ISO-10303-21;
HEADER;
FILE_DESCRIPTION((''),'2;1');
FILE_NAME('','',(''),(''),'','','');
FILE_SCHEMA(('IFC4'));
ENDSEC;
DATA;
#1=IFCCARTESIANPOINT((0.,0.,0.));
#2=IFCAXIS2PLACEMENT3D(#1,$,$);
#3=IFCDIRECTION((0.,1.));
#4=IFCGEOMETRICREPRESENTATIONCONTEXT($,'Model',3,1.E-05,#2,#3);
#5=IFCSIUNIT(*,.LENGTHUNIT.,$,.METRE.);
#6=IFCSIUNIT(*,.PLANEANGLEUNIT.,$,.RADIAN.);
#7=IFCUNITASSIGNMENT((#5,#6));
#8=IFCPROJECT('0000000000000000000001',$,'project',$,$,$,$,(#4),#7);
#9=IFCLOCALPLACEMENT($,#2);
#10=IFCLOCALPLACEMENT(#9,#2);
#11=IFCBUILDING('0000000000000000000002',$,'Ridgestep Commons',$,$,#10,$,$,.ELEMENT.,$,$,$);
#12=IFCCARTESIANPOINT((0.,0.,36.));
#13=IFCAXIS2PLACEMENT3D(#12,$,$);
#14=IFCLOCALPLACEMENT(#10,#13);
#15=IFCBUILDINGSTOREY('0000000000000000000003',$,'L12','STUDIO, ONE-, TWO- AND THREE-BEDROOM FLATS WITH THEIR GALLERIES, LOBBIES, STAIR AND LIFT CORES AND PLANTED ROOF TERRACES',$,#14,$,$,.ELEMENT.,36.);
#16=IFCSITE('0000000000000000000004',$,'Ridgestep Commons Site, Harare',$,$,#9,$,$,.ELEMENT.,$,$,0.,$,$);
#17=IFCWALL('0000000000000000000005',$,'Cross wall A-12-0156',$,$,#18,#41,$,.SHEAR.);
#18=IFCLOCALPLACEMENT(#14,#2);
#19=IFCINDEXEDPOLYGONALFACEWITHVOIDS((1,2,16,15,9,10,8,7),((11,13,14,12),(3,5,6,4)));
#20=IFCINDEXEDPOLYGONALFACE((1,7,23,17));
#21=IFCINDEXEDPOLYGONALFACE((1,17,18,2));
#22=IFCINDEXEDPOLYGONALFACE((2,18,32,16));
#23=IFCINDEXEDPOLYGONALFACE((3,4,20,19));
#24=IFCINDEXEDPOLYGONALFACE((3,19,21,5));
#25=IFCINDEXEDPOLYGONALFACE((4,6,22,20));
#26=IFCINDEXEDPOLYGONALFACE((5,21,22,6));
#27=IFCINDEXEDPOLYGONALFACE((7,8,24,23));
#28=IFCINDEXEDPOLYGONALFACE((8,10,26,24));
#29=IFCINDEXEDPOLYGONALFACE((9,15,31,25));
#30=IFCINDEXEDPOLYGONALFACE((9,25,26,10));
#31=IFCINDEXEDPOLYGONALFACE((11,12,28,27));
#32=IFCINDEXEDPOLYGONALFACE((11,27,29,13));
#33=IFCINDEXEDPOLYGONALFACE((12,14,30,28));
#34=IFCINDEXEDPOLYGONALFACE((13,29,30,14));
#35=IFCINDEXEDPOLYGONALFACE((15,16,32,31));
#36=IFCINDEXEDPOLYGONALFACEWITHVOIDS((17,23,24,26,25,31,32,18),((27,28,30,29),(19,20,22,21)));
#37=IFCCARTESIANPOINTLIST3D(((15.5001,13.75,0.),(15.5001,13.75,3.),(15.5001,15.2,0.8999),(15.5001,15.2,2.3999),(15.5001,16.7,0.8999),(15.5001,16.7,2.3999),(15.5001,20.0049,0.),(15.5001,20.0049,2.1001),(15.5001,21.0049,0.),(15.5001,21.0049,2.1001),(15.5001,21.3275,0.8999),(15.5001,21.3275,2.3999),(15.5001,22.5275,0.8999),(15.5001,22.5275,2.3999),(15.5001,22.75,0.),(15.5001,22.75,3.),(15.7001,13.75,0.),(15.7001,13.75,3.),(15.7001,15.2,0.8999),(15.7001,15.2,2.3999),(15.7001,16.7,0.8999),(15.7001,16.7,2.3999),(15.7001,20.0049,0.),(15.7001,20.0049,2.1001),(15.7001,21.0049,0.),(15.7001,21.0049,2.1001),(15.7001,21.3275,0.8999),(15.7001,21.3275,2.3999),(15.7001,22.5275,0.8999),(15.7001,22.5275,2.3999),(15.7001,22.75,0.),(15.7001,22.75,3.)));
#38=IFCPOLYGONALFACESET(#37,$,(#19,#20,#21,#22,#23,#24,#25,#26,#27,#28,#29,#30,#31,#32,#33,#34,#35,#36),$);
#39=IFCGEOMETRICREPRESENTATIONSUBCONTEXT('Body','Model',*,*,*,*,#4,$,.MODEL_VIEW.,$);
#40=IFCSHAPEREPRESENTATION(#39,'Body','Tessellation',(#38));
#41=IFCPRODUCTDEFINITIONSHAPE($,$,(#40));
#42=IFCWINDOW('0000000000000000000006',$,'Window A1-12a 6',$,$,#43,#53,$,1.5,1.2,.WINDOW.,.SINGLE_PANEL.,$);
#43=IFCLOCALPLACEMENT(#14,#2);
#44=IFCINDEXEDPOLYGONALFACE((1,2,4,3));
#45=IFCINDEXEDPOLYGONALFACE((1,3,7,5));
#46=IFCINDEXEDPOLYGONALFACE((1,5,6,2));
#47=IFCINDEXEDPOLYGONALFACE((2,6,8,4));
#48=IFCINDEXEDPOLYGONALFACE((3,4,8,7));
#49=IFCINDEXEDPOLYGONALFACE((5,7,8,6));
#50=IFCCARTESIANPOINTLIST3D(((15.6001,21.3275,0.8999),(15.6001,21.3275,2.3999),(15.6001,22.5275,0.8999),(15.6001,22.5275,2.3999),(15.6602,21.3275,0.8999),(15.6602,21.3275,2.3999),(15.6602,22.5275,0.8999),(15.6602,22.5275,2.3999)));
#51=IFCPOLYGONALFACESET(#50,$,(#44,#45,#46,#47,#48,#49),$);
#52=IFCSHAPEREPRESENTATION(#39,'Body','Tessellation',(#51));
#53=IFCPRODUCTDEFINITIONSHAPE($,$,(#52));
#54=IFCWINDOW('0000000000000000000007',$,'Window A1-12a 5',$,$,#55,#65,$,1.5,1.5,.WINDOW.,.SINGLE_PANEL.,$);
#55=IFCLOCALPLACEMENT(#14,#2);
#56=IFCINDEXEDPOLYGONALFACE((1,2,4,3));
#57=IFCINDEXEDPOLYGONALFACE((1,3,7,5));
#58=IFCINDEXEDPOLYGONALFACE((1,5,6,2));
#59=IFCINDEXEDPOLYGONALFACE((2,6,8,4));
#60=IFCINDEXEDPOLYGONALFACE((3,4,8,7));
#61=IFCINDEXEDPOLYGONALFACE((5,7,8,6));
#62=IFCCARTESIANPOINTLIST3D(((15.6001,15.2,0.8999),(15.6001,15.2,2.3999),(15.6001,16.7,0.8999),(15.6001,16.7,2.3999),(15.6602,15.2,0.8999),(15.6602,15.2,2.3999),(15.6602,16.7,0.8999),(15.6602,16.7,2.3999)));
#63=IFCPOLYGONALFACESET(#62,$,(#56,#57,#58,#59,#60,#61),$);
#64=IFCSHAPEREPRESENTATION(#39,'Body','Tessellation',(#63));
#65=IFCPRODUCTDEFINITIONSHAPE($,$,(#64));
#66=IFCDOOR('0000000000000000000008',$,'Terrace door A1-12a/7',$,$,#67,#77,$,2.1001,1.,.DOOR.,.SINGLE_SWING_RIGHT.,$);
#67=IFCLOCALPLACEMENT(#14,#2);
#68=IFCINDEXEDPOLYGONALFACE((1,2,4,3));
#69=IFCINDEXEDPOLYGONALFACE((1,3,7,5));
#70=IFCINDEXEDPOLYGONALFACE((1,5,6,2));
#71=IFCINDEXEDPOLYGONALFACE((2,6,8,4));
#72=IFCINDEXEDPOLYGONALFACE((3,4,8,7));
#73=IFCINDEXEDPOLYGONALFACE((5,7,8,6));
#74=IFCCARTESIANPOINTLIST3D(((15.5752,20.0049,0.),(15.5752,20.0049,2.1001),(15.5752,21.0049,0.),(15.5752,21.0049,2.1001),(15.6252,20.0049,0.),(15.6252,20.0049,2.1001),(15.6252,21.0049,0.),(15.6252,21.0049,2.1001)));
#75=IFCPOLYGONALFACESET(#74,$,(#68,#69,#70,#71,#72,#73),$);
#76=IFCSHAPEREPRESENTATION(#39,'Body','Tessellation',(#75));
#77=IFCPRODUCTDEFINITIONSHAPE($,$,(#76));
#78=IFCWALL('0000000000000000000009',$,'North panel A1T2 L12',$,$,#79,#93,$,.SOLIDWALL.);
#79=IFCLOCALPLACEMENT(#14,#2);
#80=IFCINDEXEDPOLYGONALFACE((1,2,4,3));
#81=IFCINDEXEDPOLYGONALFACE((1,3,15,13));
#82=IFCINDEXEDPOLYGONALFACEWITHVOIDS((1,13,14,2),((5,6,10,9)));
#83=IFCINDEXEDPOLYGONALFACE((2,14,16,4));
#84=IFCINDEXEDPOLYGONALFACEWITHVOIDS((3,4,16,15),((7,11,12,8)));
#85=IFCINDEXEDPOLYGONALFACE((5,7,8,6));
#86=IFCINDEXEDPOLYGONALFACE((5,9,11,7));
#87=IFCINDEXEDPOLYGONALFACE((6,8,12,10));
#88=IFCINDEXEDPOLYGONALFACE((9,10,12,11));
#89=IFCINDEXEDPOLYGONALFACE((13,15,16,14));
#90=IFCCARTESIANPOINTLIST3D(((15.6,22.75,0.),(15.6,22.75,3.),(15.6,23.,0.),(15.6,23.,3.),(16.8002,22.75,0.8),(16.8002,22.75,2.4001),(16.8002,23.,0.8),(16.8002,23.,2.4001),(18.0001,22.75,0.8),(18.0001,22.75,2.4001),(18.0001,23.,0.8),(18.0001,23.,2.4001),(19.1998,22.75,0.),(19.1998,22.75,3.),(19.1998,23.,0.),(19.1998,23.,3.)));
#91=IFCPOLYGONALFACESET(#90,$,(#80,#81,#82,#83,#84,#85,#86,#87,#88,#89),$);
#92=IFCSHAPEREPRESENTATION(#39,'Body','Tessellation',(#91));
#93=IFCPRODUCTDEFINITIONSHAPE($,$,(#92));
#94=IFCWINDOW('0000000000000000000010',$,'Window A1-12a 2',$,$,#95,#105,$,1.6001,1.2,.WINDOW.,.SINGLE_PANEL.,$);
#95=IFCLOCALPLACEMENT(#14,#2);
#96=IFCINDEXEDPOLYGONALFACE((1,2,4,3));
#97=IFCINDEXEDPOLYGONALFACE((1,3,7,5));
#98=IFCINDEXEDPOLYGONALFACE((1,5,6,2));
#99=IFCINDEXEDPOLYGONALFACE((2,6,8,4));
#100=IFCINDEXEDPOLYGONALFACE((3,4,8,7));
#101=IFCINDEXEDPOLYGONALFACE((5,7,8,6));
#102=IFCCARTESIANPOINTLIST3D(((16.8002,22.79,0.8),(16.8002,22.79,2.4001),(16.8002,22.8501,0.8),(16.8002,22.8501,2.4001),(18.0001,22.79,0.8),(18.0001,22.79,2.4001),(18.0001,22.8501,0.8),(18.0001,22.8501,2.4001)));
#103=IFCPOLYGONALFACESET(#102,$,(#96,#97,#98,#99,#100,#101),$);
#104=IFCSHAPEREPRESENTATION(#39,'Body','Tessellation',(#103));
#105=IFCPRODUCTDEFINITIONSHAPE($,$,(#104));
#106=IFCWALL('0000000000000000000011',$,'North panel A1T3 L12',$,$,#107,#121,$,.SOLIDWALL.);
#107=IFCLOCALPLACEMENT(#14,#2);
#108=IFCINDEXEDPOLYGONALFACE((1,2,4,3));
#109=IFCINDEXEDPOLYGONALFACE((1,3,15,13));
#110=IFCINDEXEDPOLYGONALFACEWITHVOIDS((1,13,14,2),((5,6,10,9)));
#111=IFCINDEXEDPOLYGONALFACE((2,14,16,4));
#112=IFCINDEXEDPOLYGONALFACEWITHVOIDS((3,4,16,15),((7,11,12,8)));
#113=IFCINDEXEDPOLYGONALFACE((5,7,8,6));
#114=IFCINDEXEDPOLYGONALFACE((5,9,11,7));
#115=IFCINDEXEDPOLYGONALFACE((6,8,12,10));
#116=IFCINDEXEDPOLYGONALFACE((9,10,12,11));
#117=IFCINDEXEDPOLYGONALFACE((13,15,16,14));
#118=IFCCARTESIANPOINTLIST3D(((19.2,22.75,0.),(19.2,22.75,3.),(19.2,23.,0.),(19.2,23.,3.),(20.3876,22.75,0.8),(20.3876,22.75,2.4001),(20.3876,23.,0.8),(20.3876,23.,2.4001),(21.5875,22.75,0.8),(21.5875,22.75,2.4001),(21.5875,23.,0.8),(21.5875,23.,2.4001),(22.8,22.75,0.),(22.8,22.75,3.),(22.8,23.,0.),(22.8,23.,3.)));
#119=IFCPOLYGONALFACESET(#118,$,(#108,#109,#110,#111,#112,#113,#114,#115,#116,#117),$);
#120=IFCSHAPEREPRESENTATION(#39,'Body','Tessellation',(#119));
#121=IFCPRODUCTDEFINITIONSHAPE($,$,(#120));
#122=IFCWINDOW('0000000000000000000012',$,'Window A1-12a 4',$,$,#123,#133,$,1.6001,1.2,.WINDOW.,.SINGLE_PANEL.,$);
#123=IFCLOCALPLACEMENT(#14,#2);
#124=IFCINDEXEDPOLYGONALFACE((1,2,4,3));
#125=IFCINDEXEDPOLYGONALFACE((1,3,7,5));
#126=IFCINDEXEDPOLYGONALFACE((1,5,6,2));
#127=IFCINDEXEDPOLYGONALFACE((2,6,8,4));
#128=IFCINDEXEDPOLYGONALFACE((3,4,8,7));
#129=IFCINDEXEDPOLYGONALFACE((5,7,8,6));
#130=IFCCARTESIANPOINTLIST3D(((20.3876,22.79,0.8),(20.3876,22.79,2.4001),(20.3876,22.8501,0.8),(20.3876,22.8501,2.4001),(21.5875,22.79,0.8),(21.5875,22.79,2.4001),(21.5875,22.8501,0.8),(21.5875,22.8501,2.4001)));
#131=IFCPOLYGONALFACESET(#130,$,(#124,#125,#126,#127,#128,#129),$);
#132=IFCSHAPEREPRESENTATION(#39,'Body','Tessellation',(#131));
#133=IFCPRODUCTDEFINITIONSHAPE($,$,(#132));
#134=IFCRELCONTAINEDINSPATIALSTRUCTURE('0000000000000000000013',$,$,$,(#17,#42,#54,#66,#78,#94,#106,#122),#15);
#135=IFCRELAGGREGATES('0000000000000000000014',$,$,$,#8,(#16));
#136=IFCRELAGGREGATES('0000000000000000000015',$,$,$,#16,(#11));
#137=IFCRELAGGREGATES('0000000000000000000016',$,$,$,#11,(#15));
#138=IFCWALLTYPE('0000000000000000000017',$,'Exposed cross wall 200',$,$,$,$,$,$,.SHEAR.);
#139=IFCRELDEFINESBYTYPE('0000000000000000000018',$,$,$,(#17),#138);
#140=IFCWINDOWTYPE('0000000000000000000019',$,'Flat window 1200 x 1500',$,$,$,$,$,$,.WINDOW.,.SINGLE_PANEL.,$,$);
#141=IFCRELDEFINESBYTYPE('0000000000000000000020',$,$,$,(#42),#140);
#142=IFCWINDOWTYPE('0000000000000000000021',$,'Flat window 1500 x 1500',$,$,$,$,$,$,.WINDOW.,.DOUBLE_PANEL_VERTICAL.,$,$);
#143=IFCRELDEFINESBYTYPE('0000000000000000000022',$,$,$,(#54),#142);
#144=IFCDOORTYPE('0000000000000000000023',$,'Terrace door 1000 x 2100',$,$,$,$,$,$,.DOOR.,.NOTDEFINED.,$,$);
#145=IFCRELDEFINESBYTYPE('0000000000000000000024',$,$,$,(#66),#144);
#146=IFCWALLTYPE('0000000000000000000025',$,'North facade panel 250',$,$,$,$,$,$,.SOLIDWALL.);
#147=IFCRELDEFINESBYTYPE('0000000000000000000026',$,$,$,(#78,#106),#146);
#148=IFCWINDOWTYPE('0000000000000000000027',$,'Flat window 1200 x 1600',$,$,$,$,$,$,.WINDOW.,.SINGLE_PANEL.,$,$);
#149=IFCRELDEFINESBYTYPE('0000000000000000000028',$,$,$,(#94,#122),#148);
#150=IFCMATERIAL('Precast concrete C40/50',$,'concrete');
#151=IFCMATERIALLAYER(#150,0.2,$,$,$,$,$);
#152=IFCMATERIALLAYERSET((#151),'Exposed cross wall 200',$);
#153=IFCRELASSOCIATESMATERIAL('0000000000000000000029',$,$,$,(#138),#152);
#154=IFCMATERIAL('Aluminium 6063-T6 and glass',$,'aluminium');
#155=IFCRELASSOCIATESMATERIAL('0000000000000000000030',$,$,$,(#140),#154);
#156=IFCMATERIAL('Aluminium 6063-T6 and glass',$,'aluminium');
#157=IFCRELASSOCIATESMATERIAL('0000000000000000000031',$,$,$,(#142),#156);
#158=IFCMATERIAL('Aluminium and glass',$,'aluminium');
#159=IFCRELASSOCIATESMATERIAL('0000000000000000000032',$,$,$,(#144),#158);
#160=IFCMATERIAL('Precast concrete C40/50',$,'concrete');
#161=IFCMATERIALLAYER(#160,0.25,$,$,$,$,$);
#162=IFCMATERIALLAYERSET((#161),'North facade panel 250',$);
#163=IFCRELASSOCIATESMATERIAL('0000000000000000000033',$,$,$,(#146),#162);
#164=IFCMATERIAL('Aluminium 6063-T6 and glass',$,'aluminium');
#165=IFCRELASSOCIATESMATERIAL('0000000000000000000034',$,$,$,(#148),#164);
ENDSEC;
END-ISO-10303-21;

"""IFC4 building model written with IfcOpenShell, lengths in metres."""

from ifc_helpers import new_model, si_unit, direction, frame, frame_2d, origin, place, context, subcontext, project, spatial, rectangle, extrude, material, layer, layer_set, type_object, element, fill, save


model = new_model("IFC4")

# Units and contexts
model_context = context("Model", 3, precision=1e-05, world=origin(), true_north=direction((0.0, 1.0)))
body_context = subcontext(model_context, "Body", "Model", "MODEL_VIEW")
ifc_project = project(units=[si_unit("LENGTHUNIT", "METRE"), si_unit("PLANEANGLEUNIT", "RADIAN")], contexts=[model_context])

# Site, building, storey
site_placement = place(None, origin())
site = spatial("IfcSite", under=ifc_project, at=site_placement, Name="Ridgestep Commons Site, Harare", CompositionType="ELEMENT", RefElevation=0.0)
building_placement = place(site_placement, origin())
building = spatial("IfcBuilding", under=site, at=building_placement, Name="Ridgestep Commons", CompositionType="ELEMENT")
storey_placement = place(building_placement, frame((0.0, 0.0, 36.0)))
storey = spatial("IfcBuildingStorey", under=building, at=storey_placement, Name="L12", Description="STUDIO, ONE-, TWO- AND THREE-BEDROOM FLATS WITH THEIR GALLERIES, LOBBIES, STAIR AND LIFT CORES AND PLANTED ROOF TERRACES", CompositionType="ELEMENT", Elevation=36.0)

# Wall, openings, windows, door
ifc_material_1 = material(Name="Precast concrete C40/50", Category="concrete")
ifc_layer_1 = layer(ifc_material_1, 0.2)
ifc_layer_set_1 = layer_set([ifc_layer_1], Name="Exposed cross wall 200")
wall_type_1 = type_object("IfcWallType", Name="Exposed cross wall 200", PredefinedType="SHEAR", material=ifc_layer_set_1)
wall_1_placement = place(storey_placement, frame((15.6001, 13.75, 0.0), z_axis=(0.0, 0.0, 1.0), x_axis=(0.0, 1.0, 0.0)))
wall_1 = element("IfcWall", 1, at=wall_1_placement, inside=storey, type_object=wall_type_1, Name="Cross wall A-12-0156", PredefinedType="SHEAR", context=body_context, shape_type="SweptSolid", body=[
    extrude(rectangle(XDim=9.0, YDim=0.2, at=frame_2d((4.5, 0.0))), origin(), (0.0, 0.0, 1.0), 3.0),
])
opening_1_placement = place(wall_1_placement, frame((1.45, 0.0, 0.8999)))
opening_1 = element("IfcOpeningElement", 2, at=opening_1_placement, cuts=wall_1, PredefinedType="OPENING", context=body_context, shape_type="SweptSolid", body=[
    extrude(rectangle(XDim=1.5, YDim=1.5, at=frame_2d((0.75, 0.75))), frame((0.0, 0.1099, 0.0), z_axis=(0.0, -1.0, 0.0), x_axis=(1.0, 0.0, 0.0)), (0.0, 0.0, 1.0), 0.22),
])
opening_2_placement = place(wall_1_placement, frame((7.5774, 0.0, 0.8999)))
opening_2 = element("IfcOpeningElement", 3, at=opening_2_placement, cuts=wall_1, PredefinedType="OPENING", context=body_context, shape_type="SweptSolid", body=[
    extrude(rectangle(XDim=1.2, YDim=1.5, at=frame_2d((0.6001, 0.75))), frame((0.0, 0.1099, 0.0), z_axis=(0.0, -1.0, 0.0), x_axis=(1.0, 0.0, 0.0)), (0.0, 0.0, 1.0), 0.22),
])
opening_3_placement = place(wall_1_placement, frame((6.2549, 0.0, 0.0)))
opening_3 = element("IfcOpeningElement", 4, at=opening_3_placement, cuts=wall_1, PredefinedType="OPENING", context=body_context, shape_type="SweptSolid", body=[
    extrude(rectangle(XDim=1.0, YDim=2.1001, at=frame_2d((0.5, 1.05))), frame((0.0, 0.1099, 0.0), z_axis=(0.0, -1.0, 0.0), x_axis=(1.0, 0.0, 0.0)), (0.0, 0.0, 1.0), 0.22),
])
ifc_material_2 = material(Name="Aluminium 6063-T6 and glass", Category="aluminium")
window_type_1 = type_object("IfcWindowType", Name="Flat window 1200 x 1500", PartitioningType="SINGLE_PANEL", PredefinedType="WINDOW", material=ifc_material_2)
window_1_placement = place(opening_2_placement, origin())
window_1 = element("IfcWindow", 5, at=window_1_placement, inside=storey, type_object=window_type_1, Name="Window A1-12a 6", OverallHeight=1.5, OverallWidth=1.2, PartitioningType="SINGLE_PANEL", PredefinedType="WINDOW", context=body_context, shape_type="SweptSolid", body=[
    extrude(rectangle(XDim=1.2, YDim=1.5, at=frame_2d((0.6001, 0.75))), frame((0.0, 0.0, 0.0), z_axis=(0.0, -1.0, 0.0), x_axis=(1.0, 0.0, 0.0)), (0.0, 0.0, 1.0), 0.0601),
])
fill(opening_2, window_1)
ifc_material_3 = material(Name="Aluminium 6063-T6 and glass", Category="aluminium")
window_type_2 = type_object("IfcWindowType", Name="Flat window 1500 x 1500", PartitioningType="DOUBLE_PANEL_VERTICAL", PredefinedType="WINDOW", material=ifc_material_3)
window_2_placement = place(opening_1_placement, origin())
window_2 = element("IfcWindow", 6, at=window_2_placement, inside=storey, type_object=window_type_2, Name="Window A1-12a 5", OverallHeight=1.5, OverallWidth=1.5, PartitioningType="SINGLE_PANEL", PredefinedType="WINDOW", context=body_context, shape_type="SweptSolid", body=[
    extrude(rectangle(XDim=1.5, YDim=1.5, at=frame_2d((0.75, 0.75))), frame((0.0, 0.0, 0.0), z_axis=(0.0, -1.0, 0.0), x_axis=(1.0, 0.0, 0.0)), (0.0, 0.0, 1.0), 0.0601),
])
fill(opening_1, window_2)
ifc_material_4 = material(Name="Aluminium and glass", Category="aluminium")
door_type_1 = type_object("IfcDoorType", Name="Terrace door 1000 x 2100", OperationType="NOTDEFINED", PredefinedType="DOOR", material=ifc_material_4)
door_1_placement = place(opening_3_placement, origin())
door_1 = element("IfcDoor", 7, at=door_1_placement, inside=storey, type_object=door_type_1, Name="Terrace door A1-12a/7", OperationType="SINGLE_SWING_RIGHT", OverallHeight=2.1001, OverallWidth=1.0, PredefinedType="DOOR", context=body_context, shape_type="SweptSolid", body=[
    extrude(rectangle(XDim=1.0, YDim=2.1001, at=frame_2d((0.5, 1.05))), frame((0.0, 0.0249, 0.0), z_axis=(0.0, -1.0, 0.0), x_axis=(1.0, 0.0, 0.0)), (0.0, 0.0, 1.0), 0.05),
])
fill(opening_3, door_1)

# Walls, openings, windows
ifc_material_5 = material(Name="Precast concrete C40/50", Category="concrete")
ifc_layer_2 = layer(ifc_material_5, 0.25)
ifc_layer_set_2 = layer_set([ifc_layer_2], Name="North facade panel 250")
wall_type_2 = type_object("IfcWallType", Name="North facade panel 250", PredefinedType="SOLIDWALL", material=ifc_layer_set_2)
wall_2_placement = place(storey_placement, frame((15.6001, 22.875, 0.0), z_axis=(0.0, 0.0, 1.0), x_axis=(1.0, 0.0, 0.0)))
wall_2 = element("IfcWall", 8, at=wall_2_placement, inside=storey, type_object=wall_type_2, Name="North panel A1T2 L12", PredefinedType="SOLIDWALL", context=body_context, shape_type="SweptSolid", body=[
    extrude(rectangle(XDim=3.5999, YDim=0.25, at=frame_2d((1.7998, 0.0))), origin(), (0.0, 0.0, 1.0), 3.0),
])
opening_4_placement = place(wall_2_placement, frame((1.2, 0.0, 0.8)))
opening_4 = element("IfcOpeningElement", 9, at=opening_4_placement, cuts=wall_2, PredefinedType="OPENING", context=body_context, shape_type="SweptSolid", body=[
    extrude(rectangle(XDim=1.2, YDim=1.6001, at=frame_2d((0.6001, 0.8))), frame((0.0, 0.135, 0.0), z_axis=(0.0, -1.0, 0.0), x_axis=(1.0, 0.0, 0.0)), (0.0, 0.0, 1.0), 0.27),
])
ifc_material_6 = material(Name="Aluminium 6063-T6 and glass", Category="aluminium")
window_type_3 = type_object("IfcWindowType", Name="Flat window 1200 x 1600", PartitioningType="SINGLE_PANEL", PredefinedType="WINDOW", material=ifc_material_6)
window_3_placement = place(opening_4_placement, origin())
window_3 = element("IfcWindow", 10, at=window_3_placement, inside=storey, type_object=window_type_3, Name="Window A1-12a 2", OverallHeight=1.6001, OverallWidth=1.2, PartitioningType="SINGLE_PANEL", PredefinedType="WINDOW", context=body_context, shape_type="SweptSolid", body=[
    extrude(rectangle(XDim=1.2, YDim=1.6001, at=frame_2d((0.6001, 0.8))), frame((0.0, -0.0249, 0.0), z_axis=(0.0, -1.0, 0.0), x_axis=(1.0, 0.0, 0.0)), (0.0, 0.0, 1.0), 0.0601),
])
fill(opening_4, window_3)
wall_3_placement = place(storey_placement, frame((19.2, 22.875, 0.0), z_axis=(0.0, 0.0, 1.0), x_axis=(1.0, 0.0, 0.0)))
wall_3 = element("IfcWall", 11, at=wall_3_placement, inside=storey, type_object=wall_type_2, Name="North panel A1T3 L12", PredefinedType="SOLIDWALL", context=body_context, shape_type="SweptSolid", body=[
    extrude(rectangle(XDim=3.6001, YDim=0.25, at=frame_2d((1.8, 0.0))), origin(), (0.0, 0.0, 1.0), 3.0),
])
opening_5_placement = place(wall_3_placement, frame((1.1875, 0.0, 0.8)))
opening_5 = element("IfcOpeningElement", 12, at=opening_5_placement, cuts=wall_3, PredefinedType="OPENING", context=body_context, shape_type="SweptSolid", body=[
    extrude(rectangle(XDim=1.2, YDim=1.6001, at=frame_2d((0.6001, 0.8))), frame((0.0, 0.135, 0.0), z_axis=(0.0, -1.0, 0.0), x_axis=(1.0, 0.0, 0.0)), (0.0, 0.0, 1.0), 0.27),
])
window_4_placement = place(opening_5_placement, origin())
window_4 = element("IfcWindow", 13, at=window_4_placement, inside=storey, type_object=window_type_3, Name="Window A1-12a 4", OverallHeight=1.6001, OverallWidth=1.2, PartitioningType="SINGLE_PANEL", PredefinedType="WINDOW", context=body_context, shape_type="SweptSolid", body=[
    extrude(rectangle(XDim=1.2, YDim=1.6001, at=frame_2d((0.6001, 0.8))), frame((0.0, -0.0249, 0.0), z_axis=(0.0, -1.0, 0.0), x_axis=(1.0, 0.0, 0.0)), (0.0, 0.0, 1.0), 0.0601),
])
fill(opening_5, window_4)

save(model, "model.ifc")
